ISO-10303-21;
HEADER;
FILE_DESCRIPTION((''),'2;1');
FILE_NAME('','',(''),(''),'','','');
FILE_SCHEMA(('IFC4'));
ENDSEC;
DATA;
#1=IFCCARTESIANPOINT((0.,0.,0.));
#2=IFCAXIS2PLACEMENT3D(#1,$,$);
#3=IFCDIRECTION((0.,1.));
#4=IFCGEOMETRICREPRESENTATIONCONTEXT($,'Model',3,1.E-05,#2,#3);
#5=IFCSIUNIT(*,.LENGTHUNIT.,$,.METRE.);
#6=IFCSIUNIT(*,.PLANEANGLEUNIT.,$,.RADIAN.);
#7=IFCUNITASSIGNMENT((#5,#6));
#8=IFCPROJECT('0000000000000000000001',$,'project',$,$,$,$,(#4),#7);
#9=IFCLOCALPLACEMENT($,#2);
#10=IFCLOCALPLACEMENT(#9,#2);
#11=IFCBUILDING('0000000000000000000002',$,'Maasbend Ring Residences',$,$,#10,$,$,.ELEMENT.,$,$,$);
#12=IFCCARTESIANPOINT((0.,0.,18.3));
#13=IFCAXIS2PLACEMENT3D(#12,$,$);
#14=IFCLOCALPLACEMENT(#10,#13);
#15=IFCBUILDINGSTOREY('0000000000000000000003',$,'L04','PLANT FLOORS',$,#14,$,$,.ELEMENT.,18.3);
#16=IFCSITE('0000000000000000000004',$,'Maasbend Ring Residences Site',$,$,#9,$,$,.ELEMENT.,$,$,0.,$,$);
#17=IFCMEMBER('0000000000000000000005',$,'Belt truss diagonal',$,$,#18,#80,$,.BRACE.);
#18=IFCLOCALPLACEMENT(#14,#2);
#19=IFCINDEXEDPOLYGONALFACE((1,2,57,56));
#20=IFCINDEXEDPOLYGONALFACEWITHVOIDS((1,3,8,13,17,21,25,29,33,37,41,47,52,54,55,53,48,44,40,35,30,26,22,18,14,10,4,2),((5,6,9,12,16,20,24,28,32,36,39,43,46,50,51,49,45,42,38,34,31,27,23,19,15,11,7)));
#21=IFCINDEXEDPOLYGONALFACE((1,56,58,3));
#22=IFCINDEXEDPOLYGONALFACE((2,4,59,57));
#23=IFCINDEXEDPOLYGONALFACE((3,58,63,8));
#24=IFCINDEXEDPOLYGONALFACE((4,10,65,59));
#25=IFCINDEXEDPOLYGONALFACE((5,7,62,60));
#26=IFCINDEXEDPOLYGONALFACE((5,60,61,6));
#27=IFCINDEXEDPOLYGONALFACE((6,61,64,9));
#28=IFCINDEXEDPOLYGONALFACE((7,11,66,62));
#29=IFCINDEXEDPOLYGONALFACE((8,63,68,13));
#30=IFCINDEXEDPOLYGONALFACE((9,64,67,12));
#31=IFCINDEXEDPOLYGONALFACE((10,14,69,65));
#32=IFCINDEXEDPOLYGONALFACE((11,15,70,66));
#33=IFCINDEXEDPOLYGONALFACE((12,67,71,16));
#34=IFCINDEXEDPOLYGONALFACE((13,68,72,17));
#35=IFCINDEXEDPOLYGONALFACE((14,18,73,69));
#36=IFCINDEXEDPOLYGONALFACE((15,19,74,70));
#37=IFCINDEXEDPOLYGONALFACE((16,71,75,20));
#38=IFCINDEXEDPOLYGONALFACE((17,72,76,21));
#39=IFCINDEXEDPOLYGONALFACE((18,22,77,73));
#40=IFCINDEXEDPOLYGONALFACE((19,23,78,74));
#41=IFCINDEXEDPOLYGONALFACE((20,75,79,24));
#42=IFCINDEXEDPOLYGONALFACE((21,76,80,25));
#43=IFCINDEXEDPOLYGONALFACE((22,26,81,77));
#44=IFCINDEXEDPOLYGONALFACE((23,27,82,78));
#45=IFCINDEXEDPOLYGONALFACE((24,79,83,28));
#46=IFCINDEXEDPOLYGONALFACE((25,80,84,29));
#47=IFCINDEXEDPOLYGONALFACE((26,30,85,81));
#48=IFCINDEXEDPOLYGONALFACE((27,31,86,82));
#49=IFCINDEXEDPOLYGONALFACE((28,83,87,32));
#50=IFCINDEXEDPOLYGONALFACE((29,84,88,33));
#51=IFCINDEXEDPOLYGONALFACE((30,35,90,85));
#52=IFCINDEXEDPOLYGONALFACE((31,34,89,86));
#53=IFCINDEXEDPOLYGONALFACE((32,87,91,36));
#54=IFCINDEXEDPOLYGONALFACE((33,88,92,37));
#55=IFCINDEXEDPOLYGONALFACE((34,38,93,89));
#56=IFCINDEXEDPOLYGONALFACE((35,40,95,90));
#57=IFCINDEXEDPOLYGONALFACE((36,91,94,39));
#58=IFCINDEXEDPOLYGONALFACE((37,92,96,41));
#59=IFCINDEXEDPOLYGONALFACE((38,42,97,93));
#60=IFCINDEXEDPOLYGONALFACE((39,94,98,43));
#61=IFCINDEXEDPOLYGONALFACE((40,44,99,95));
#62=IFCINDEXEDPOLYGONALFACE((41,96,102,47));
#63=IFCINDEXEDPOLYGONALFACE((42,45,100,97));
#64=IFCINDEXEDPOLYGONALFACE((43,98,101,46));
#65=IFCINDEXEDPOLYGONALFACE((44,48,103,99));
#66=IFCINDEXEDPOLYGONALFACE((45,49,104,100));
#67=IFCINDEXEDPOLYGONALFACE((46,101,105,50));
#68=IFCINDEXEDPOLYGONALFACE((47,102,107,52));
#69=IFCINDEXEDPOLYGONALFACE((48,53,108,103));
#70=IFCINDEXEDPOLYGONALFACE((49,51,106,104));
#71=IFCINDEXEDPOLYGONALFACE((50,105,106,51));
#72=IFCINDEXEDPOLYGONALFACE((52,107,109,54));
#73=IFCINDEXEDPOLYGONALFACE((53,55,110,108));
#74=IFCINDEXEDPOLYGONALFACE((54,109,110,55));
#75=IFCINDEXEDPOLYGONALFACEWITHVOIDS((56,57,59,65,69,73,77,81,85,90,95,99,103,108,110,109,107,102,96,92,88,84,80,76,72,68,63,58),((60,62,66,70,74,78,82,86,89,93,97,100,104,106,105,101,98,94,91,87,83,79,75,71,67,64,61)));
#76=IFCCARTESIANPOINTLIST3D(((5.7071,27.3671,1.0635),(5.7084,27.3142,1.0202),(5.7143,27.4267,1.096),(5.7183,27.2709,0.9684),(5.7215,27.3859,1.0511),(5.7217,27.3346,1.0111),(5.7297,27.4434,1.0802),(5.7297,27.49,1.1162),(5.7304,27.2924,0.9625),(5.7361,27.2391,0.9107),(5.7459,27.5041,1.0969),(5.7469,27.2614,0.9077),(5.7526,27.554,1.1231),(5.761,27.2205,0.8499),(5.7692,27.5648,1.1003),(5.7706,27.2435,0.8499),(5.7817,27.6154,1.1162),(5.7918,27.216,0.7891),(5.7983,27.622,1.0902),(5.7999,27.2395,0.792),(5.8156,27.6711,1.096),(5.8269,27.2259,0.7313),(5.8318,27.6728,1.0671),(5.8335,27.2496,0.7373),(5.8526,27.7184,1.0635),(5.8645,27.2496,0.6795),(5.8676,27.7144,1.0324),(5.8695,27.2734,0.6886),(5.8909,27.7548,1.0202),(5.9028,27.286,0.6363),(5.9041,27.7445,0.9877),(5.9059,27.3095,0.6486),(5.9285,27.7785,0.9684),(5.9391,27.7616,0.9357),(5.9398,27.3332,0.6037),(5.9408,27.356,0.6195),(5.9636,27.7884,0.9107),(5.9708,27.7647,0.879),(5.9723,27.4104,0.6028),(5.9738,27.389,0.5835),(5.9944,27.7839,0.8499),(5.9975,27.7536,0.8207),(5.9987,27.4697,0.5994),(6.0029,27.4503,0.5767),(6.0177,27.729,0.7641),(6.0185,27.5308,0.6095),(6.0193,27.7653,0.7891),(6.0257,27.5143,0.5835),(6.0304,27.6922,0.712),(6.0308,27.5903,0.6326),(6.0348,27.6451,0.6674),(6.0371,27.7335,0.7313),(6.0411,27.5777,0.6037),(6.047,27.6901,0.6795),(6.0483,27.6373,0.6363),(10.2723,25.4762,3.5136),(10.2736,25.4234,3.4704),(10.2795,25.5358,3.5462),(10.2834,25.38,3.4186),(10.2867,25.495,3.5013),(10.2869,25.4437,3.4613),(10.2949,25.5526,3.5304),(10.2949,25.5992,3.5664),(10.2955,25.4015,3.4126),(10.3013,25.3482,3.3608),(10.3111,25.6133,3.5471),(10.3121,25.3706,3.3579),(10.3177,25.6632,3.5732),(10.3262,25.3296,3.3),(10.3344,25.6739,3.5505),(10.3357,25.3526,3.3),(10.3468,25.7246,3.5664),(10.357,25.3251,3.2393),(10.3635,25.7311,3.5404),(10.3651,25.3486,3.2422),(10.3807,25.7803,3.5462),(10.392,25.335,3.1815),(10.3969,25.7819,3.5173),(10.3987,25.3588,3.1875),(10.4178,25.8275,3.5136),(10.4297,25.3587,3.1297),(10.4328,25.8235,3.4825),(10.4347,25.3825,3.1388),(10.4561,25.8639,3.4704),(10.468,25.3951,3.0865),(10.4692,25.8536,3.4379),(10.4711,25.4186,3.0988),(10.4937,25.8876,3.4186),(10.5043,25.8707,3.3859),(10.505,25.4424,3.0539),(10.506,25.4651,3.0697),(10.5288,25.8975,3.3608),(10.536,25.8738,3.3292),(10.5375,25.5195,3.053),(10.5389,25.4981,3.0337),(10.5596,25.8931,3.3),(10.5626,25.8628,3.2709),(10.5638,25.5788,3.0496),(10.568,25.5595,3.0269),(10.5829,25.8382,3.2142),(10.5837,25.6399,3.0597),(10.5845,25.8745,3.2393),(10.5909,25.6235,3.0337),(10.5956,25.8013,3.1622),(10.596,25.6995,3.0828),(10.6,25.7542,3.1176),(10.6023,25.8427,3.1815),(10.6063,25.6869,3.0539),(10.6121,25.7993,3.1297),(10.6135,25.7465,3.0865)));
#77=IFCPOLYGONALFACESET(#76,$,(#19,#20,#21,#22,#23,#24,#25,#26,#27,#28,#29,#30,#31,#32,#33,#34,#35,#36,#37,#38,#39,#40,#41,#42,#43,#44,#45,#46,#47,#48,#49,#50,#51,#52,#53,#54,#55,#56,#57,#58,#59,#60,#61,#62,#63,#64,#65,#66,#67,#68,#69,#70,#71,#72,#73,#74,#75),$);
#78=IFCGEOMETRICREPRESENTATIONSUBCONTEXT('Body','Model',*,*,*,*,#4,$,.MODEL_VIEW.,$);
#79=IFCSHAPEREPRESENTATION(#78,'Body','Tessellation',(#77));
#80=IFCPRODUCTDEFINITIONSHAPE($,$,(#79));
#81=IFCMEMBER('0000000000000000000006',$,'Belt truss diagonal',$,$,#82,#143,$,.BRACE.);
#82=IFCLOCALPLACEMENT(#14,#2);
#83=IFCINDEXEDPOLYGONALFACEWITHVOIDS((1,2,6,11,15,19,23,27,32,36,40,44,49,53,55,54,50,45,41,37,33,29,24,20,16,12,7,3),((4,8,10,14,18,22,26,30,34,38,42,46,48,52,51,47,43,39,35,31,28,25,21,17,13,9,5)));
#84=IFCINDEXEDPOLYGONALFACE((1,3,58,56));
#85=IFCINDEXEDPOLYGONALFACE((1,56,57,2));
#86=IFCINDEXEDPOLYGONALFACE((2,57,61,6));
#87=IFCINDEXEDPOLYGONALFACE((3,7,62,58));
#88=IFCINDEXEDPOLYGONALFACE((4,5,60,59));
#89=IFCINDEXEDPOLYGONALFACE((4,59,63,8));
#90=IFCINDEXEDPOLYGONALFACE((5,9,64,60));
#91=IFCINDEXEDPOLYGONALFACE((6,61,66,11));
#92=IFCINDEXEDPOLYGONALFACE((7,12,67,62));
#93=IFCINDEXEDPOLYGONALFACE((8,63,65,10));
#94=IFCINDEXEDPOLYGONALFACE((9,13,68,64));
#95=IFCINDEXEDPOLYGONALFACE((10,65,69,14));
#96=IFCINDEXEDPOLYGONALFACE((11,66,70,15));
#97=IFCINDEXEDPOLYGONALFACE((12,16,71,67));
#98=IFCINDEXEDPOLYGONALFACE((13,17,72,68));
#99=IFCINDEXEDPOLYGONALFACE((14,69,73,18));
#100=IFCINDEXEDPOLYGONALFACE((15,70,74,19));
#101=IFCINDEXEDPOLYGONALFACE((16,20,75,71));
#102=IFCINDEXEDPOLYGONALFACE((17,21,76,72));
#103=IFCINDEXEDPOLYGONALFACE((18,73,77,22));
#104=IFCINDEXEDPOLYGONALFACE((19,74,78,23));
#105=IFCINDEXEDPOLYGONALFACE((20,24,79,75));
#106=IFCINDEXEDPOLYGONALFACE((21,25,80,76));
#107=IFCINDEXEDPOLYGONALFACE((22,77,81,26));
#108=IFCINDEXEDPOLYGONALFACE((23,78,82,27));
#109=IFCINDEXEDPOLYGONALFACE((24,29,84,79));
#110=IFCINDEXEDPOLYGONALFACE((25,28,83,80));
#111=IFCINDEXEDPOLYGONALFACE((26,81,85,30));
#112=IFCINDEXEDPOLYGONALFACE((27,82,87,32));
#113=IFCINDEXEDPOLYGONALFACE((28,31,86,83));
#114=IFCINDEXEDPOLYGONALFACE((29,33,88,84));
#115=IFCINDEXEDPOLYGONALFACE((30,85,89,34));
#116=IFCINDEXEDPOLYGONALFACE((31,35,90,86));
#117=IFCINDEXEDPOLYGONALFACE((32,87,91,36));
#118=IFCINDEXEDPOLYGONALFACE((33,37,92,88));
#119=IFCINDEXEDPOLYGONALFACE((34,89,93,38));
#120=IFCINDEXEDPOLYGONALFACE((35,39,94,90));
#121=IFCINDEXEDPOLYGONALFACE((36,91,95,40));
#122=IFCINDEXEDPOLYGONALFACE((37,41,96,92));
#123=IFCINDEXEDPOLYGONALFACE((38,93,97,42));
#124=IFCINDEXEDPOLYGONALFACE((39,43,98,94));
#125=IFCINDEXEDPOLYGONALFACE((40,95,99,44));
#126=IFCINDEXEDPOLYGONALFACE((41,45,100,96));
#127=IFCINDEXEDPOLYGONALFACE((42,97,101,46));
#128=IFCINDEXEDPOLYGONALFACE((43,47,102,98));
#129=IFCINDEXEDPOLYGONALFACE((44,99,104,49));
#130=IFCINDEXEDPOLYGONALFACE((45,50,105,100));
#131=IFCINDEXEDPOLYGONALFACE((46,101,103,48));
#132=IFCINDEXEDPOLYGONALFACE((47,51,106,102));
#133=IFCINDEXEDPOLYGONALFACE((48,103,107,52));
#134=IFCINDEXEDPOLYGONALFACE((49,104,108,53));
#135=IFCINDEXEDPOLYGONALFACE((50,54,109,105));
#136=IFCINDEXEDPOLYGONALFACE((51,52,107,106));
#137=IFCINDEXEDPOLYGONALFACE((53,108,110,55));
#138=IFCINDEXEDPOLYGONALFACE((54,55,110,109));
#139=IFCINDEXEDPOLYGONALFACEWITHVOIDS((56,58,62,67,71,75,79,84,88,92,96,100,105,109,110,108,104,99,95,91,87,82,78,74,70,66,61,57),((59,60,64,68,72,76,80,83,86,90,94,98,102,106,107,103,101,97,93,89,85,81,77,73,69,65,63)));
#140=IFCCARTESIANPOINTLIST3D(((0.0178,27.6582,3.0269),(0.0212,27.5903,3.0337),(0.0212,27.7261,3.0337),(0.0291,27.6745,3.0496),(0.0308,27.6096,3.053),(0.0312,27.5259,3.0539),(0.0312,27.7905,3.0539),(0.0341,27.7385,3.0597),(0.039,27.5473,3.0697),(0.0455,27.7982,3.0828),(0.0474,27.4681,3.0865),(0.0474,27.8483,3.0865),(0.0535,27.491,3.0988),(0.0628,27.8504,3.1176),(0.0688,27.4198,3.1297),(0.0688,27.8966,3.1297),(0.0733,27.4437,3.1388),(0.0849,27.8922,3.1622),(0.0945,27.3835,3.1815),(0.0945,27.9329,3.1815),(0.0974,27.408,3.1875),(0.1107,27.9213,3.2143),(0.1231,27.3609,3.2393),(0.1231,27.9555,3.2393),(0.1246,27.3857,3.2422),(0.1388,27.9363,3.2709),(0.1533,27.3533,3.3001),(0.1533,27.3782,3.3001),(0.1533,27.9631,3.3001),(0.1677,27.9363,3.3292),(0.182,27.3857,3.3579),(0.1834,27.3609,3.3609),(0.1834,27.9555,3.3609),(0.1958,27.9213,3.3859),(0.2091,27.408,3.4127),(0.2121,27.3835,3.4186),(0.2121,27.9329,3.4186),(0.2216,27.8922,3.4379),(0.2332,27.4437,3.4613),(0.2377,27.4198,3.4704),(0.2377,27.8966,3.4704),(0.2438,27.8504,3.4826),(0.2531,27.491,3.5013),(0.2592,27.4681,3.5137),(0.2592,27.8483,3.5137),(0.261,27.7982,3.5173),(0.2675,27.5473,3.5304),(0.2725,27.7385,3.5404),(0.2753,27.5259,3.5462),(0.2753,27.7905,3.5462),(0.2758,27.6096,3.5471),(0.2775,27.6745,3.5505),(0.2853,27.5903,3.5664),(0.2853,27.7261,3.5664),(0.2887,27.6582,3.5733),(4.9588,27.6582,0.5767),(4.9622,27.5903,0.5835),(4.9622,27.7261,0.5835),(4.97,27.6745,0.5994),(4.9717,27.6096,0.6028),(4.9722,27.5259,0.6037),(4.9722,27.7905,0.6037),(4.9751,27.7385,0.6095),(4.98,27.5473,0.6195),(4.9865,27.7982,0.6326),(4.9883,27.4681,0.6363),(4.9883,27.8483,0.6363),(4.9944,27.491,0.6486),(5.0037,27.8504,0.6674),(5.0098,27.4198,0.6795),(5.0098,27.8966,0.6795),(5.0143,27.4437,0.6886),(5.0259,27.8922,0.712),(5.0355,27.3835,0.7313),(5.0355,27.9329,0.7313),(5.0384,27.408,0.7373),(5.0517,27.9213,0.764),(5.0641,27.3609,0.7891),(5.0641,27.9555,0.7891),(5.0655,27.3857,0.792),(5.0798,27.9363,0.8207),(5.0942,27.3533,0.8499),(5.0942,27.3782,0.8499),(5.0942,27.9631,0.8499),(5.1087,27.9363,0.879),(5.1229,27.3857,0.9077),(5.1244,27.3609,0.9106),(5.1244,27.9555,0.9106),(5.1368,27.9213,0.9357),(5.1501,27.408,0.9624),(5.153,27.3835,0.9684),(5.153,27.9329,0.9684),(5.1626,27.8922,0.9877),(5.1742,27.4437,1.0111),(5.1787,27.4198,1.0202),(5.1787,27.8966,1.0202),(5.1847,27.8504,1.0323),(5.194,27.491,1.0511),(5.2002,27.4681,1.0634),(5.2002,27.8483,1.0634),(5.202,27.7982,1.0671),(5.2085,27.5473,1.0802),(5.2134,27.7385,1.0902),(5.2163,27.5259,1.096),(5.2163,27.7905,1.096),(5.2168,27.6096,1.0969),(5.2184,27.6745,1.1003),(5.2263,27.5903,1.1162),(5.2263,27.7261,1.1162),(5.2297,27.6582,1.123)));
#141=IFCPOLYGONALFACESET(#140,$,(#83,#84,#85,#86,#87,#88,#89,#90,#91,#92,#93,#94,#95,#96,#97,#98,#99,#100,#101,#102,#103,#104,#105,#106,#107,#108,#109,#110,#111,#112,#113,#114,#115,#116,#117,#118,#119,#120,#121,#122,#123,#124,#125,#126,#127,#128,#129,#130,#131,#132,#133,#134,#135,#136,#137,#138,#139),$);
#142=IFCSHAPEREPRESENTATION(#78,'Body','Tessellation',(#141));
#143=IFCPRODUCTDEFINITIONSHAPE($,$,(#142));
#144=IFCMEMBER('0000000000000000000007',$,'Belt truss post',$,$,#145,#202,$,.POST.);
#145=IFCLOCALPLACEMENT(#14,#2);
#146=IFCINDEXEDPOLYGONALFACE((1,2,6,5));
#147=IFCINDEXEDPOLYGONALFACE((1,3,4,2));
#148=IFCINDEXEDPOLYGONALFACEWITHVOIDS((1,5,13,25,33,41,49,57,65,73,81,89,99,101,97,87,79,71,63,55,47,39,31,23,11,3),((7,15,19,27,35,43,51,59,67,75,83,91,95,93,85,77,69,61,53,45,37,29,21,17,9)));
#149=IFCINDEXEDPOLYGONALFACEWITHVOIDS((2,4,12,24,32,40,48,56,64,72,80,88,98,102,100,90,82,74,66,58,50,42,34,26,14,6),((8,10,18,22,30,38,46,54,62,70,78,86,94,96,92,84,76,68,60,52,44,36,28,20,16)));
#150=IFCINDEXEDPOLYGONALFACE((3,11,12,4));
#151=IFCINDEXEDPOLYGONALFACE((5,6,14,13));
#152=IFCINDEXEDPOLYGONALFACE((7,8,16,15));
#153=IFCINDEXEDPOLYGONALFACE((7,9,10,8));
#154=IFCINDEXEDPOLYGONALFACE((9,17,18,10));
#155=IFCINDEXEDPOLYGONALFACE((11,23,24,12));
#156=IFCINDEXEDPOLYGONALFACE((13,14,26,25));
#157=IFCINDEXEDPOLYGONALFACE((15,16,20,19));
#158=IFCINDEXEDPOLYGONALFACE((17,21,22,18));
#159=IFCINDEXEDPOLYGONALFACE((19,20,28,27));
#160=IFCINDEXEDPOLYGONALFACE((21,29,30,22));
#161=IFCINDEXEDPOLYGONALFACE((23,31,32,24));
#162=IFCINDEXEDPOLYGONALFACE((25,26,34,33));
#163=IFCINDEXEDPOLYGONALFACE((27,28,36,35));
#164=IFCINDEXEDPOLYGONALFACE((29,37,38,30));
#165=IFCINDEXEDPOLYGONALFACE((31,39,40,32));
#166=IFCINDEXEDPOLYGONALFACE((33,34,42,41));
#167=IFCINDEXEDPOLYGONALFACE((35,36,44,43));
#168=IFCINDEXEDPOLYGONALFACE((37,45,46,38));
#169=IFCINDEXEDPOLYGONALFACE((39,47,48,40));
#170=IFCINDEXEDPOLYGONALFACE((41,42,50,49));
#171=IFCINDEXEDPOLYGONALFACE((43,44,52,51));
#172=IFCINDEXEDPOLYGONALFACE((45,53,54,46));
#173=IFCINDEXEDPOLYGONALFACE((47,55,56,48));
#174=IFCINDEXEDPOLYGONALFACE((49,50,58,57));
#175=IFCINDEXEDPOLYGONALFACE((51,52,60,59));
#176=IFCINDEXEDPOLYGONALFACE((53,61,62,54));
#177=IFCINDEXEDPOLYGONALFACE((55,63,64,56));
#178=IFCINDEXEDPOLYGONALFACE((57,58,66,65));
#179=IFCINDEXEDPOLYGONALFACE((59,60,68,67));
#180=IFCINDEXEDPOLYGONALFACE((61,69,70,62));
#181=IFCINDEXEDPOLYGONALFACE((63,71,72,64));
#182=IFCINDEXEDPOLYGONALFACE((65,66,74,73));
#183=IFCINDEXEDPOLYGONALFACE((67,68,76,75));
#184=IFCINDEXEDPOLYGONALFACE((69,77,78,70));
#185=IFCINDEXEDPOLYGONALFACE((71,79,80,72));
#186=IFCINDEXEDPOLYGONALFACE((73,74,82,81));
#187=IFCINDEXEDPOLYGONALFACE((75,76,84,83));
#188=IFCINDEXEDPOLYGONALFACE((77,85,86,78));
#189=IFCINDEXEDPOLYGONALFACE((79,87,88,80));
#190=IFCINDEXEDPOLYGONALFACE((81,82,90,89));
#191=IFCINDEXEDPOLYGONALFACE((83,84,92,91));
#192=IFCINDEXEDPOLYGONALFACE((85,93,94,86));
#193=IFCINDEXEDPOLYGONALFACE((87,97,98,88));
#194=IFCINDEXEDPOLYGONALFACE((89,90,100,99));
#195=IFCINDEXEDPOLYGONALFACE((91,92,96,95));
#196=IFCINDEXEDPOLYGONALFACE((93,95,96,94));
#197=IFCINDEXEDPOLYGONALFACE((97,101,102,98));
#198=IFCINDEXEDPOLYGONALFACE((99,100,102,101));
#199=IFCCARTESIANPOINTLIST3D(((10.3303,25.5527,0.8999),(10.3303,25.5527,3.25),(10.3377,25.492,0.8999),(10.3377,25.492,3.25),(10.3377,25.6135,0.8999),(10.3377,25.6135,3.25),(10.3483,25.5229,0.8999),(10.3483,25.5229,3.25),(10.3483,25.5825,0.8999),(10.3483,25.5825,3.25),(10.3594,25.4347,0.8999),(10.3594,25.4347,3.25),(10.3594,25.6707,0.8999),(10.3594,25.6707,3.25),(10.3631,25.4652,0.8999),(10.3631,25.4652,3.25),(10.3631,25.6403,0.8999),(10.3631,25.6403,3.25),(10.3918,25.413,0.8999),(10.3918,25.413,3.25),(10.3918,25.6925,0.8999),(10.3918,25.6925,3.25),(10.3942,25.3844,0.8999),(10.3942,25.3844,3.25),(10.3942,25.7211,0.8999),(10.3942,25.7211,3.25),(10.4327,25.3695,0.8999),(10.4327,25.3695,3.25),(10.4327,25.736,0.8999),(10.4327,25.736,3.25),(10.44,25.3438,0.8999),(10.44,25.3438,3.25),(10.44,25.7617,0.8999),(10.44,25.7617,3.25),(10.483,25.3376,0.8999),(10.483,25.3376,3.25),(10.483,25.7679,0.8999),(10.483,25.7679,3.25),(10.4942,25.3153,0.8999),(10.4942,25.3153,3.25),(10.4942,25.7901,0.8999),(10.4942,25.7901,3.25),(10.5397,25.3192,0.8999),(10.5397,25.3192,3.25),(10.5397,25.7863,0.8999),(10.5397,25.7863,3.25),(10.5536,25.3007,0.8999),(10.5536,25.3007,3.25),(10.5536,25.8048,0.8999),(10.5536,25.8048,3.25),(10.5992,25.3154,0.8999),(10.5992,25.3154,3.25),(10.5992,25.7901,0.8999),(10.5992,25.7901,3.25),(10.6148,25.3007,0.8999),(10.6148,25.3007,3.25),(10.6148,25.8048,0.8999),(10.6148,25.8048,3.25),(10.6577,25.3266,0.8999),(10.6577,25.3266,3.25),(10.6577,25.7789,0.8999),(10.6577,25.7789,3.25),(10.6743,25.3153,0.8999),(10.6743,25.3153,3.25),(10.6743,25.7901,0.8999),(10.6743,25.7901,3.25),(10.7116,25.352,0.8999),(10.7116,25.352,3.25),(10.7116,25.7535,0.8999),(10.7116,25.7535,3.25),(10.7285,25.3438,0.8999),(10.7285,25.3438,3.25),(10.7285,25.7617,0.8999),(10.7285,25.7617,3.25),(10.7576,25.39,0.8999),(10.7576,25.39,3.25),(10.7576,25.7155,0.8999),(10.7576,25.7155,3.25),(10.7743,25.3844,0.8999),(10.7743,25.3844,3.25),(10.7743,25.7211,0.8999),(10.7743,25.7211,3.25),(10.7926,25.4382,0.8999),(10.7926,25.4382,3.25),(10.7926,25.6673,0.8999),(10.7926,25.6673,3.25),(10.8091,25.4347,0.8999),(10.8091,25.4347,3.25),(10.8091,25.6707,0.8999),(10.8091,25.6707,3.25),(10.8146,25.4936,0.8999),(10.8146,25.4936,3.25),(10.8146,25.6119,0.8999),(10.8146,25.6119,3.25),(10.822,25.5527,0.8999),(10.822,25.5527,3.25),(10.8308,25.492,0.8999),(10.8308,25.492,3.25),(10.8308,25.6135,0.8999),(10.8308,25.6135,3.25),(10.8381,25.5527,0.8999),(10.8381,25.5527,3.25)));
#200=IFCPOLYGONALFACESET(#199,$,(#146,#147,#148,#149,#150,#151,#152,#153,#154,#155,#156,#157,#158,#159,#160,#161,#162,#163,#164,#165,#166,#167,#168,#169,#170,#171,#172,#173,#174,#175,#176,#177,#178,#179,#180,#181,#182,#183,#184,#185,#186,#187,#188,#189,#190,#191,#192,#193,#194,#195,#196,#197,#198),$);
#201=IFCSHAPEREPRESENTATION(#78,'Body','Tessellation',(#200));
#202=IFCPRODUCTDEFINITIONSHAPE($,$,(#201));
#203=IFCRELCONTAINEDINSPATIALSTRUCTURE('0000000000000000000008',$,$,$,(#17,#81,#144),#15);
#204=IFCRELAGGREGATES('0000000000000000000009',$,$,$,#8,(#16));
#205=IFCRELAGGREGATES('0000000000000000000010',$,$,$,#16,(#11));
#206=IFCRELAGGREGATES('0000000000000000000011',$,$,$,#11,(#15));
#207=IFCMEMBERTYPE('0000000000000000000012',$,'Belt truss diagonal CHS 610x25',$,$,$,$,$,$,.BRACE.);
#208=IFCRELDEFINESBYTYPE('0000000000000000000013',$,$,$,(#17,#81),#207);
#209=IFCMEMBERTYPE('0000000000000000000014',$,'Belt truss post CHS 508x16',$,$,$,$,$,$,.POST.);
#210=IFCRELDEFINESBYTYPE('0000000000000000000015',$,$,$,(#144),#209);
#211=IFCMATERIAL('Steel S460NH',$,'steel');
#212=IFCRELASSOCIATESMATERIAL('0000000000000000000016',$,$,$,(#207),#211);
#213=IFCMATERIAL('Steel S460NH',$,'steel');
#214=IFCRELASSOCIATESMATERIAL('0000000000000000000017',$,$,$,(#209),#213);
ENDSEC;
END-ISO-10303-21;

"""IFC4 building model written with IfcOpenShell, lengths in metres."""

from ifc_helpers import new_model, si_unit, direction, frame, origin, origin_2d, place, context, subcontext, project, spatial, hollow_circle, extrude, material, material_profile, profile_set, type_object, element, save


model = new_model("IFC4")

# Units and contexts
model_context = context("Model", 3, precision=1e-05, world=origin(), true_north=direction((0.0, 1.0)))
body_context = subcontext(model_context, "Body", "Model", "MODEL_VIEW")
ifc_project = project(units=[si_unit("LENGTHUNIT", "METRE"), si_unit("PLANEANGLEUNIT", "RADIAN")], contexts=[model_context])

# Site, building, storey
site_placement = place(None, origin())
site = spatial("IfcSite", under=ifc_project, at=site_placement, Name="Maasbend Ring Residences Site", CompositionType="ELEMENT", RefElevation=0.0)
building_placement = place(site_placement, origin())
building = spatial("IfcBuilding", under=site, at=building_placement, Name="Maasbend Ring Residences", CompositionType="ELEMENT")
storey_placement = place(building_placement, frame((0.0, 0.0, 18.3)))
storey = spatial("IfcBuildingStorey", under=building, at=storey_placement, Name="L04", Description="PLANT FLOORS", CompositionType="ELEMENT", Elevation=18.3)

# Members
ifc_material_1 = material(Name="Steel S460NH", Category="steel")
ifc_material_profile_1 = material_profile(ifc_material_1, hollow_circle(Radius=0.3049, WallThickness=0.0249, at=origin_2d()), Name="Belt truss diagonal CHS 610x25")
ifc_profile_set_1 = profile_set([ifc_material_profile_1], Name="Steel S460NH")
member_type_1 = type_object("IfcMemberType", Name="Belt truss diagonal CHS 610x25", PredefinedType="BRACE", material=ifc_profile_set_1)
member_1_placement = place(storey_placement, frame((10.4429, 25.6113, 3.3), z_axis=(-0.827714, 0.342834, -0.444245), x_axis=(-0.382667, -0.923886, 0.0)))
element("IfcMember", 1, at=member_1_placement, inside=storey, type_object=member_type_1, Name="Belt truss diagonal", PredefinedType="BRACE", context=body_context, shape_type="SweptSolid", body=[
    extrude(hollow_circle(Radius=0.3049, WallThickness=0.0249, at=origin_2d()), origin(), (0.0, 0.0, 1.0), 5.5154),
])
member_2_placement = place(storey_placement, frame((5.0942, 27.6582, 0.8499), z_axis=(-0.895892, 0.0, 0.444272), x_axis=(0.0, -1.0, 0.0)))
element("IfcMember", 2, at=member_2_placement, inside=storey, type_object=member_type_1, Name="Belt truss diagonal", PredefinedType="BRACE", context=body_context, shape_type="SweptSolid", body=[
    extrude(hollow_circle(Radius=0.3049, WallThickness=0.0249, at=origin_2d()), origin(), (0.0, 0.0, 1.0), 5.5151),
])
ifc_material_2 = material(Name="Steel S460NH", Category="steel")
ifc_material_profile_2 = material_profile(ifc_material_2, hollow_circle(Radius=0.2539, WallThickness=0.0161, at=origin_2d()), Name="Belt truss post CHS 508x16")
ifc_profile_set_2 = profile_set([ifc_material_profile_2], Name="Steel S460NH")
member_type_2 = type_object("IfcMemberType", Name="Belt truss post CHS 508x16", PredefinedType="POST", material=ifc_profile_set_2)
for number, where, z_axis, x_axis, name in (
    (3, (10.5842, 25.5527, 0.8999), (0.0, 0.0, 1.0), (1.0, 0.0, 0.0), "Belt truss post"),
):
    element("IfcMember", number, at=place(storey_placement, frame(where, z_axis=z_axis, x_axis=x_axis)), inside=storey, type_object=member_type_2, Name=name, PredefinedType="POST", context=body_context, shape_type="SweptSolid", body=[
        extrude(hollow_circle(Radius=0.2539, WallThickness=0.0161, at=origin_2d()), origin(), (0.0, 0.0, 1.0), 2.3501),
    ])

save(model, "model.ifc")
